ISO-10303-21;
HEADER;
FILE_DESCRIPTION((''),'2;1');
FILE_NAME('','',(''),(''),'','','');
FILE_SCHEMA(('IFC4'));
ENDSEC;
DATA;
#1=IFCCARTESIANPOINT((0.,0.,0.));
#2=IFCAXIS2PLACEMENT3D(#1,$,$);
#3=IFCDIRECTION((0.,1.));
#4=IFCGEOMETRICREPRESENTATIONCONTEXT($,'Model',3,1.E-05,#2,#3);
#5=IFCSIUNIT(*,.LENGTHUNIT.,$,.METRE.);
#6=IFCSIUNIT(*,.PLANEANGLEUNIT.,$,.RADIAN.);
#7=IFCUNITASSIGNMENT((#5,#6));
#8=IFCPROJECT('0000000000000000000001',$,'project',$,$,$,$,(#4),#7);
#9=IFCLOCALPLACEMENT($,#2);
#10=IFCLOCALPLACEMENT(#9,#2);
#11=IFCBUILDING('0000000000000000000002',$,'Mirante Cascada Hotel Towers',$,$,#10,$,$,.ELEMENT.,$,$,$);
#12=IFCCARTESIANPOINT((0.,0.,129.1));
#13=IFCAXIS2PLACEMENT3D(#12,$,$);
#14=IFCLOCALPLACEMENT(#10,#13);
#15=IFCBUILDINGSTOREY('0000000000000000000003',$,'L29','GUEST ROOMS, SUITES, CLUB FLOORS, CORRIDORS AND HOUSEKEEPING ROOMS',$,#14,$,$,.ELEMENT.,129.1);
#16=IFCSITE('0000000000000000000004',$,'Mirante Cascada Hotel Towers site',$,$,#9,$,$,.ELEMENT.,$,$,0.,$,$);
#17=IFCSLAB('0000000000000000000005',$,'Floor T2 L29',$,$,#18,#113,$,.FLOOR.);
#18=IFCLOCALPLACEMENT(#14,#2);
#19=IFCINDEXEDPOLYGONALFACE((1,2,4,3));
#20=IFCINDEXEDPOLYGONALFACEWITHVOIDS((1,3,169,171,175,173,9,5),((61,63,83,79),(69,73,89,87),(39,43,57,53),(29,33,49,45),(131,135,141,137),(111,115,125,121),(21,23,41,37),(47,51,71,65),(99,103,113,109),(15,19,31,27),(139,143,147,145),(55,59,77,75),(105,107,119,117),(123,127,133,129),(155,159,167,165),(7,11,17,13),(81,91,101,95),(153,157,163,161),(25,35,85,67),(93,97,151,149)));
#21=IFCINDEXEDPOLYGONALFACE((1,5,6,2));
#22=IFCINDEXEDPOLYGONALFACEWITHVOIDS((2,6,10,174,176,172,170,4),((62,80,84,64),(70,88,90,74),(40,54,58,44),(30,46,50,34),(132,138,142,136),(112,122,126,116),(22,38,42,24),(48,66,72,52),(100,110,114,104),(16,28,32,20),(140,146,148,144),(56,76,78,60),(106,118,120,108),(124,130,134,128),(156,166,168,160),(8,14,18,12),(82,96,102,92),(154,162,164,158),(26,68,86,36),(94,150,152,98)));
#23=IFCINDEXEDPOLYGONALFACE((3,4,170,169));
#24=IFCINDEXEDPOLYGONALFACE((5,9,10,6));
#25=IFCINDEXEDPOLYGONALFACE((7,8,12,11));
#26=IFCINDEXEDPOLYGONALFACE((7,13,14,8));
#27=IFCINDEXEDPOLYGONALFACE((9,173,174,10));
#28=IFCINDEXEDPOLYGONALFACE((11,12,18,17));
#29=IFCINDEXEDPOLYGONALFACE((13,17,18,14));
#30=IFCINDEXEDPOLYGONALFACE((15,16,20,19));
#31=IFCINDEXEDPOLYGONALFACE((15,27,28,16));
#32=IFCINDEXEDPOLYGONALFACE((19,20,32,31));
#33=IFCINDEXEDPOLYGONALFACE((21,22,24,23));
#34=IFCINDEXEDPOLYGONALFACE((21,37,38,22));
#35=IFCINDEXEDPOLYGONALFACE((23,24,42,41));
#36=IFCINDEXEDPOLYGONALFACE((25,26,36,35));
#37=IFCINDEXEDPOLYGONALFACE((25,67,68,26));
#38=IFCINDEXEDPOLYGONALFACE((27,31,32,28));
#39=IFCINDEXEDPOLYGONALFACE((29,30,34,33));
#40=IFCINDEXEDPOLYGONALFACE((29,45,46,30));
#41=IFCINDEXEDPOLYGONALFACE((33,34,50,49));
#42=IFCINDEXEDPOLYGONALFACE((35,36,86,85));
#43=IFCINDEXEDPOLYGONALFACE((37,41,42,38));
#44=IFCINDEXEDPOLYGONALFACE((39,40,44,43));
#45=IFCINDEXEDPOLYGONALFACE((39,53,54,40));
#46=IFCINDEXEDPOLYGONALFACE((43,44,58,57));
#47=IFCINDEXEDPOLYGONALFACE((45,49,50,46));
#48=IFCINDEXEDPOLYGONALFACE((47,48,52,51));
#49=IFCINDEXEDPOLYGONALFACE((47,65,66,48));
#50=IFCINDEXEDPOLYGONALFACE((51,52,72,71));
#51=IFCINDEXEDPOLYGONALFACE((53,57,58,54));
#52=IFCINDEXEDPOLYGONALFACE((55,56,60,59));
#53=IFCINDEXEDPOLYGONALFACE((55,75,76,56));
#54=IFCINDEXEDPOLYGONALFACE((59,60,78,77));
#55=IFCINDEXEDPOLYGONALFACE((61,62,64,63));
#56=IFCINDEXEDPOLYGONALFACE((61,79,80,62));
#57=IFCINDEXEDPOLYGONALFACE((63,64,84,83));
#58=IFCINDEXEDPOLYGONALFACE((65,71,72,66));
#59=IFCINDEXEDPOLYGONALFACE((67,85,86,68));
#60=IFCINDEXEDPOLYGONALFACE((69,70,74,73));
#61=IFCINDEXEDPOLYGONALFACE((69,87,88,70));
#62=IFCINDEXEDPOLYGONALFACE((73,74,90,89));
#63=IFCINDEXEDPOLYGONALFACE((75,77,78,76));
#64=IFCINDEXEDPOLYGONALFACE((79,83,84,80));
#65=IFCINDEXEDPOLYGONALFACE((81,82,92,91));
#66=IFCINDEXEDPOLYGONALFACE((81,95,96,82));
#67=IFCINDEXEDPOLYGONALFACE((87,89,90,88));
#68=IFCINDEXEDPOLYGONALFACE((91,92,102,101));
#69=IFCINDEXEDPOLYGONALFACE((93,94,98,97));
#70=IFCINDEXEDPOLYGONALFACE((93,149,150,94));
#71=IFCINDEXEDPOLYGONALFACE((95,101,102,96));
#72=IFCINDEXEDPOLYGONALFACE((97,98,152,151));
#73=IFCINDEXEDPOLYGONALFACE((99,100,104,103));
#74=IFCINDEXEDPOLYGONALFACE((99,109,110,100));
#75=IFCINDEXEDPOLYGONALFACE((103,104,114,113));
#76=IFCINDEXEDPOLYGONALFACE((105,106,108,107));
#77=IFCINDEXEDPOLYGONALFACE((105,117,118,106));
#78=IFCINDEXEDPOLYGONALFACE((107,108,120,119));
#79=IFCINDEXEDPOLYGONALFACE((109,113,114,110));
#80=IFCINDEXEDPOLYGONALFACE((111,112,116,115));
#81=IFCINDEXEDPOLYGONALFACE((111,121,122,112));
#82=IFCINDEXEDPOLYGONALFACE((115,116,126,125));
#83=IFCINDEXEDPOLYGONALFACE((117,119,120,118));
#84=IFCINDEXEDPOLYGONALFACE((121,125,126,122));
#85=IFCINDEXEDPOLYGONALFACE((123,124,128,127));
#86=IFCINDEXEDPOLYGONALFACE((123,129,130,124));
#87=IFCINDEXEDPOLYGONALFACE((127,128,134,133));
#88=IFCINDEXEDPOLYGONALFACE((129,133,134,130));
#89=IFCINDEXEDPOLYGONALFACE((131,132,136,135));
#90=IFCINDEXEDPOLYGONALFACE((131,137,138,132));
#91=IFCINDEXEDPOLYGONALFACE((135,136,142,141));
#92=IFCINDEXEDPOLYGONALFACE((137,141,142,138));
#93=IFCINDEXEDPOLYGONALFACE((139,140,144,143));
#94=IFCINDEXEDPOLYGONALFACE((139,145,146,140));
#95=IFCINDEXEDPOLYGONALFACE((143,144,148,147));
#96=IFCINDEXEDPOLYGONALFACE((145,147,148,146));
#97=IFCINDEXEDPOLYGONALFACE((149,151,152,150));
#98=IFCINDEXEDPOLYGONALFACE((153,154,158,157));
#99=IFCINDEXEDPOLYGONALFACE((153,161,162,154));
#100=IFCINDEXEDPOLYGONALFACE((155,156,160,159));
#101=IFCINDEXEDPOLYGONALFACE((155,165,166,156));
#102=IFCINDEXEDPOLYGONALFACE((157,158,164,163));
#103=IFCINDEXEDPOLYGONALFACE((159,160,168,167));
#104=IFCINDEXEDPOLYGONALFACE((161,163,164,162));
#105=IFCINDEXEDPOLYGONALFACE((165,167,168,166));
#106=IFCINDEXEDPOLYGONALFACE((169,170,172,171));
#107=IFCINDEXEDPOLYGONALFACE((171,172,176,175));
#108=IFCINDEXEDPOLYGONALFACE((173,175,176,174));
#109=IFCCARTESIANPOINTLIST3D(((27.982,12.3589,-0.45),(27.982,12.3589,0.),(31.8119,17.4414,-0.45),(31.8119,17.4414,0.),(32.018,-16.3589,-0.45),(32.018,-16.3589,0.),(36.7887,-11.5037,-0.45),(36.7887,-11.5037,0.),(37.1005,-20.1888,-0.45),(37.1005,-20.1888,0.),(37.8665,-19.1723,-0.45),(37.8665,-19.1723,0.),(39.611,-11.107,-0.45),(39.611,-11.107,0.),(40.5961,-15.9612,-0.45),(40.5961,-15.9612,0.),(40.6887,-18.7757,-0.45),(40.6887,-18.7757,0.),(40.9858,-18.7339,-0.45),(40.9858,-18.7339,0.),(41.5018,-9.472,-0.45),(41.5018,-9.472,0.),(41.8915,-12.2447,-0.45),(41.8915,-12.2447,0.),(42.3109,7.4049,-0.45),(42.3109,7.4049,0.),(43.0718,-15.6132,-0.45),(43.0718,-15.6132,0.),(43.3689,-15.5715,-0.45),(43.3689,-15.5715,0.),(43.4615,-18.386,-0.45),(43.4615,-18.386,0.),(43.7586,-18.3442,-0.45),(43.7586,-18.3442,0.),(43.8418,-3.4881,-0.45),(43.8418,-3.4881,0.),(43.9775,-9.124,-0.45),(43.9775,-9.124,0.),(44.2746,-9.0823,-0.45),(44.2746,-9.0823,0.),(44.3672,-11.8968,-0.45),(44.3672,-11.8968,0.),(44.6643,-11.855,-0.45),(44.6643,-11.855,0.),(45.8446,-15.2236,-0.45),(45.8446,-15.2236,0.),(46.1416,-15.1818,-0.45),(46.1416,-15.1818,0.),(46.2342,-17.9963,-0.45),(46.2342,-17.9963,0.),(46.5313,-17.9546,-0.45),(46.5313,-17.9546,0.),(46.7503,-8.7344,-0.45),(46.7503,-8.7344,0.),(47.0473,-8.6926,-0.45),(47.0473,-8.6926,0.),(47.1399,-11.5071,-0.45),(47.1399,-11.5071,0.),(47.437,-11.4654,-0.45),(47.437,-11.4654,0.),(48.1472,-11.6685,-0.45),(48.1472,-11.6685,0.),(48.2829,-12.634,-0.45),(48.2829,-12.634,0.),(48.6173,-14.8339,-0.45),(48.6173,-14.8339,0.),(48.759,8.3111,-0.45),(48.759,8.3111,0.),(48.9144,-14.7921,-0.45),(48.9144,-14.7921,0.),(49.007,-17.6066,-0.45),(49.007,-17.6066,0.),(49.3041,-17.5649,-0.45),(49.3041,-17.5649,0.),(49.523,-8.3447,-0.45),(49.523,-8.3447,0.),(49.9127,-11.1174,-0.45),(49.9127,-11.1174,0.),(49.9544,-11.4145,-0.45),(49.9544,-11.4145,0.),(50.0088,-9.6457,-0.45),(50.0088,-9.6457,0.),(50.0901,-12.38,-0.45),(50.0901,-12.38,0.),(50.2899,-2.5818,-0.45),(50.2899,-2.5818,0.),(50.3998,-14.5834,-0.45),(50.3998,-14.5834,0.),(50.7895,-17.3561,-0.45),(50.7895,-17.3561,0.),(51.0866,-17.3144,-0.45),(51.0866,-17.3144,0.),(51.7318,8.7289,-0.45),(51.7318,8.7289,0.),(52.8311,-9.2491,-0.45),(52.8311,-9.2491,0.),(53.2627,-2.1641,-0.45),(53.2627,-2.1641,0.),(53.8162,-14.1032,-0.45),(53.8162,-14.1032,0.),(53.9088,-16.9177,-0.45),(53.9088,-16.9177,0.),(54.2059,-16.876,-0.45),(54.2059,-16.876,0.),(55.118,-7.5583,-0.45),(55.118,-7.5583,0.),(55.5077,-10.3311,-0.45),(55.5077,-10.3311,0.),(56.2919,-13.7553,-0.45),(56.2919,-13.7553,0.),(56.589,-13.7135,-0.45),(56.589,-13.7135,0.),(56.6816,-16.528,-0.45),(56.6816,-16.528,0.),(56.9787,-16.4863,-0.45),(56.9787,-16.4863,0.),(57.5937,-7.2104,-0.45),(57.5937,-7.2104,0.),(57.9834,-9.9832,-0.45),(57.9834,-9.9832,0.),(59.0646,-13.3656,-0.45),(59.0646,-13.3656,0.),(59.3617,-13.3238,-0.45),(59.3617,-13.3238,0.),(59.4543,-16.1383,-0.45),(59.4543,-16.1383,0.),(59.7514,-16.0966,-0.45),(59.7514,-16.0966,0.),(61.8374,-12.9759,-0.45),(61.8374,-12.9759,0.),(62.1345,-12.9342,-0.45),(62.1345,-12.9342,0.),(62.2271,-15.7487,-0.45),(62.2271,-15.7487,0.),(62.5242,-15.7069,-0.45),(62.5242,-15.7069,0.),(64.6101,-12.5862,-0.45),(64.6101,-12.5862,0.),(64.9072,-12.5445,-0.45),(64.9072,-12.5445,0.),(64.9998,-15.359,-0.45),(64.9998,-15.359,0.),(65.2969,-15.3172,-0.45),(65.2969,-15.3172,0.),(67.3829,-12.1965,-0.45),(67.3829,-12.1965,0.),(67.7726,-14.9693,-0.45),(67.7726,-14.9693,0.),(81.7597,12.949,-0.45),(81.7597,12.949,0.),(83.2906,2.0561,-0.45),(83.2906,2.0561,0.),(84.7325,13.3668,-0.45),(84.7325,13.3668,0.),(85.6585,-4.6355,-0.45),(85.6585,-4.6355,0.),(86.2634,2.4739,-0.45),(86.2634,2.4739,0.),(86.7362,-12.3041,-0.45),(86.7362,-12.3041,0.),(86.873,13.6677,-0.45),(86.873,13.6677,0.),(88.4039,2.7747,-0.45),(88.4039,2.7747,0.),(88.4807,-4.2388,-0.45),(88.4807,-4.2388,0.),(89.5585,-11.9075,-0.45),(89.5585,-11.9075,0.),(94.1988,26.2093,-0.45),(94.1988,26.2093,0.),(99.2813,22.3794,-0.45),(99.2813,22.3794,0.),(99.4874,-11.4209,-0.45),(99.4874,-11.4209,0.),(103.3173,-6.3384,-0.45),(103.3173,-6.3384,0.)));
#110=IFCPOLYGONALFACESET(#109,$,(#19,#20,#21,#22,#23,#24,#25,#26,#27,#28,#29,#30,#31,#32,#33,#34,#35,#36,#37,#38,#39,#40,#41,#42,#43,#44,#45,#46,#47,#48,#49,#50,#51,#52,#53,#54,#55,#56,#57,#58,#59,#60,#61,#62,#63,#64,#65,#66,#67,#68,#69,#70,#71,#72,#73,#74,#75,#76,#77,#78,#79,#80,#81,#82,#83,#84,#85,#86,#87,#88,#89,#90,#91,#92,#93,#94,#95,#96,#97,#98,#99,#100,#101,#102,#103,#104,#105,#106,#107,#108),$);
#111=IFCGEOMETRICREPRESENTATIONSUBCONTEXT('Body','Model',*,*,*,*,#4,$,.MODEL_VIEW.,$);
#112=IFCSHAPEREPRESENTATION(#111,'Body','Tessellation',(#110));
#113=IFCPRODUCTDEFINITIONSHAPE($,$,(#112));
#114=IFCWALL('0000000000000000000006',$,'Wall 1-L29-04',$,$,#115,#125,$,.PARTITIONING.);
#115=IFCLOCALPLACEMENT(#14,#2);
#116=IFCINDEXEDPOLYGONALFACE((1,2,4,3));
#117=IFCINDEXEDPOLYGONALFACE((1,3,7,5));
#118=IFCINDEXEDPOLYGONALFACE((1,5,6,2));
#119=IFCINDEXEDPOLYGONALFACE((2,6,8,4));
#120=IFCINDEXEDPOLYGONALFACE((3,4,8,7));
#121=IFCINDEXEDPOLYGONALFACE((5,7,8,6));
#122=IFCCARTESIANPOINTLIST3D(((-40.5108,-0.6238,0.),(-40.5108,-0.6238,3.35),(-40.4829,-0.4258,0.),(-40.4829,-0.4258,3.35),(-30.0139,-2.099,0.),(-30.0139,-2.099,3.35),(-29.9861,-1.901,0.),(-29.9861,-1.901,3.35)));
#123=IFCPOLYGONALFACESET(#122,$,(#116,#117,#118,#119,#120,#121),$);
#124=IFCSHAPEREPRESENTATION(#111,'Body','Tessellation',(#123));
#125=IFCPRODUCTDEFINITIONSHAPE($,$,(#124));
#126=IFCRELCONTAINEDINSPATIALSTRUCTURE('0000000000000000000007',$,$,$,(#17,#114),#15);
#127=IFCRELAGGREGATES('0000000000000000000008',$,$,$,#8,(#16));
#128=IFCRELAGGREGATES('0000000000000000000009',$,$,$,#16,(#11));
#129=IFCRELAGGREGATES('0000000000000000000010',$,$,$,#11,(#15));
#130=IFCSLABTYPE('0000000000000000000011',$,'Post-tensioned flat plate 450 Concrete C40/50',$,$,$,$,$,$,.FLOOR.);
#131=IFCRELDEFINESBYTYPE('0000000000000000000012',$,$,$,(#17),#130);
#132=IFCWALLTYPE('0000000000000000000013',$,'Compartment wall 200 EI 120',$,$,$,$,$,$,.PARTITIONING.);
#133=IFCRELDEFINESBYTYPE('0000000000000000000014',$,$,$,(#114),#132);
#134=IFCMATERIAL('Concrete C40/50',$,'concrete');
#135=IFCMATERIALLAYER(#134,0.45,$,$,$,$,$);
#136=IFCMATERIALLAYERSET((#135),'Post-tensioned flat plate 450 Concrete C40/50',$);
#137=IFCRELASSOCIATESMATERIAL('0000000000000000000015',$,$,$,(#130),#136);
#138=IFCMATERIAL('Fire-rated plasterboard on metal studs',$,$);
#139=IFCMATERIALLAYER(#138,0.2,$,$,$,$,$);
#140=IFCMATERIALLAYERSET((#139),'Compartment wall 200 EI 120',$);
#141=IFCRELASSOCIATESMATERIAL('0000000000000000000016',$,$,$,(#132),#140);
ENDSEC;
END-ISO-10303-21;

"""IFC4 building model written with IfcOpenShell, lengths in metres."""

from ifc_helpers import new_model, si_unit, direction, frame, frame_2d, origin, place, context, subcontext, project, spatial, polyline, rectangle, outline, extrude, material, layer, layer_set, type_object, element, save


model = new_model("IFC4")

# Units and contexts
model_context = context("Model", 3, precision=1e-05, world=origin(), true_north=direction((0.0, 1.0)))
body_context = subcontext(model_context, "Body", "Model", "MODEL_VIEW")
ifc_project = project(units=[si_unit("LENGTHUNIT", "METRE"), si_unit("PLANEANGLEUNIT", "RADIAN")], contexts=[model_context])

# Site, building, storey
site_placement = place(None, origin())
site = spatial("IfcSite", under=ifc_project, at=site_placement, Name="Mirante Cascada Hotel Towers site", CompositionType="ELEMENT", RefElevation=0.0)
building_placement = place(site_placement, origin())
building = spatial("IfcBuilding", under=site, at=building_placement, Name="Mirante Cascada Hotel Towers", CompositionType="ELEMENT")
storey_placement = place(building_placement, frame((0.0, 0.0, 129.1)))
storey = spatial("IfcBuildingStorey", under=building, at=storey_placement, Name="L29", Description="GUEST ROOMS, SUITES, CLUB FLOORS, CORRIDORS AND HOUSEKEEPING ROOMS", CompositionType="ELEMENT", Elevation=129.1)

# Slab
ifc_material_1 = material(Name="Concrete C40/50", Category="concrete")
ifc_layer_1 = layer(ifc_material_1, 0.45)
ifc_layer_set_1 = layer_set([ifc_layer_1], Name="Post-tensioned flat plate 450 Concrete C40/50")
slab_type = type_object("IfcSlabType", Name="Post-tensioned flat plate 450 Concrete C40/50", PredefinedType="FLOOR", material=ifc_layer_set_1)
slab_1_placement = place(storey_placement, frame((0.0, 0.0, -0.45)))
element("IfcSlab", 1, at=slab_1_placement, inside=storey, type_object=slab_type, Name="Floor T2 L29", PredefinedType="FLOOR", context=body_context, shape_type="SweptSolid", body=[
    extrude(outline(polyline([(32.018, -16.3589), (27.982, 12.3589), (31.8119, 17.4414), (94.1988, 26.2093), (99.2813, 22.3794), (103.3173, -6.3384), (99.4874, -11.4209), (37.1005, -20.1888), (32.018, -16.3589)]), holes=[polyline([(43.0718, -15.6132), (40.5961, -15.9612), (40.9858, -18.7339), (43.4615, -18.386), (43.0718, -15.6132)]), polyline([(45.8446, -15.2236), (43.3689, -15.5715), (43.7586, -18.3442), (46.2342, -17.9963), (45.8446, -15.2236)]), polyline([(48.6173, -14.8339), (46.1416, -15.1818), (46.5313, -17.9546), (49.007, -17.6066), (48.6173, -14.8339)]), polyline([(50.3998, -14.5834), (48.9144, -14.7921), (49.3041, -17.5649), (50.7895, -17.3561), (50.3998, -14.5834)]), polyline([(37.8665, -19.1723), (40.6887, -18.7757), (39.611, -11.107), (36.7887, -11.5037), (37.8665, -19.1723)]), polyline([(49.9544, -11.4145), (48.1472, -11.6685), (48.2829, -12.634), (50.0901, -12.38), (49.9544, -11.4145)]), polyline([(43.9775, -9.124), (41.5018, -9.472), (41.8915, -12.2447), (44.3672, -11.8968), (43.9775, -9.124)]), polyline([(47.1399, -11.5071), (46.7503, -8.7344), (44.2746, -9.0823), (44.6643, -11.855), (47.1399, -11.5071)]), polyline([(49.9127, -11.1174), (49.523, -8.3447), (47.0473, -8.6926), (47.437, -11.4654), (49.9127, -11.1174)]), polyline([(56.2919, -13.7553), (53.8162, -14.1032), (54.2059, -16.876), (56.6816, -16.528), (56.2919, -13.7553)]), polyline([(59.0646, -13.3656), (56.589, -13.7135), (56.9787, -16.4863), (59.4543, -16.1383), (59.0646, -13.3656)]), polyline([(61.8374, -12.9759), (59.3617, -13.3238), (59.7514, -16.0966), (62.2271, -15.7487), (61.8374, -12.9759)]), polyline([(64.6101, -12.5862), (62.1345, -12.9342), (62.5242, -15.7069), (64.9998, -15.359), (64.6101, -12.5862)]), polyline([(67.3829, -12.1965), (64.9072, -12.5445), (65.2969, -15.3172), (67.7726, -14.9693), (67.3829, -12.1965)]), polyline([(51.0866, -17.3144), (53.9088, -16.9177), (52.8311, -9.2491), (50.0088, -9.6457), (51.0866, -17.3144)]), polyline([(86.7362, -12.3041), (89.5585, -11.9075), (88.4807, -4.2388), (85.6585, -4.6355), (86.7362, -12.3041)]), polyline([(57.9834, -9.9832), (57.5937, -7.2104), (55.118, -7.5583), (55.5077, -10.3311), (57.9834, -9.9832)]), polyline([(86.873, 13.6677), (88.4039, 2.7747), (86.2634, 2.4739), (86.2634, 2.4739), (84.7325, 13.3668), (84.7325, 13.3668), (86.873, 13.6677)]), polyline([(81.7597, 12.949), (81.7597, 12.949), (83.2906, 2.0561), (83.2906, 2.0561), (53.2627, -2.1641), (53.2627, -2.1641), (51.7318, 8.7289), (81.7597, 12.949)]), polyline([(43.8418, -3.4881), (42.3109, 7.4049), (48.759, 8.3111), (50.2899, -2.5818), (50.2899, -2.5818), (43.8418, -3.4881)])]), origin(), (0.0, 0.0, 1.0), 0.45),
])

# Wall
ifc_material_2 = material(Name="Fire-rated plasterboard on metal studs")
ifc_layer_2 = layer(ifc_material_2, 0.2)
ifc_layer_set_2 = layer_set([ifc_layer_2], Name="Compartment wall 200 EI 120")
wall_type = type_object("IfcWallType", Name="Compartment wall 200 EI 120", PredefinedType="PARTITIONING", material=ifc_layer_set_2)
wall_placement = place(storey_placement, frame((-30.0, -2.0, 0.0), z_axis=(0.0, 0.0, 1.0), x_axis=(-0.990268, 0.13917, 0.0)))
element("IfcWall", 2, at=wall_placement, inside=storey, type_object=wall_type, Name="Wall 1-L29-04", PredefinedType="PARTITIONING", context=body_context, shape_type="SweptSolid", body=[
    extrude(rectangle(XDim=10.6, YDim=0.2, at=frame_2d((5.3, 0.0))), origin(), (0.0, 0.0, 1.0), 3.35),
])

save(model, "model.ifc")
